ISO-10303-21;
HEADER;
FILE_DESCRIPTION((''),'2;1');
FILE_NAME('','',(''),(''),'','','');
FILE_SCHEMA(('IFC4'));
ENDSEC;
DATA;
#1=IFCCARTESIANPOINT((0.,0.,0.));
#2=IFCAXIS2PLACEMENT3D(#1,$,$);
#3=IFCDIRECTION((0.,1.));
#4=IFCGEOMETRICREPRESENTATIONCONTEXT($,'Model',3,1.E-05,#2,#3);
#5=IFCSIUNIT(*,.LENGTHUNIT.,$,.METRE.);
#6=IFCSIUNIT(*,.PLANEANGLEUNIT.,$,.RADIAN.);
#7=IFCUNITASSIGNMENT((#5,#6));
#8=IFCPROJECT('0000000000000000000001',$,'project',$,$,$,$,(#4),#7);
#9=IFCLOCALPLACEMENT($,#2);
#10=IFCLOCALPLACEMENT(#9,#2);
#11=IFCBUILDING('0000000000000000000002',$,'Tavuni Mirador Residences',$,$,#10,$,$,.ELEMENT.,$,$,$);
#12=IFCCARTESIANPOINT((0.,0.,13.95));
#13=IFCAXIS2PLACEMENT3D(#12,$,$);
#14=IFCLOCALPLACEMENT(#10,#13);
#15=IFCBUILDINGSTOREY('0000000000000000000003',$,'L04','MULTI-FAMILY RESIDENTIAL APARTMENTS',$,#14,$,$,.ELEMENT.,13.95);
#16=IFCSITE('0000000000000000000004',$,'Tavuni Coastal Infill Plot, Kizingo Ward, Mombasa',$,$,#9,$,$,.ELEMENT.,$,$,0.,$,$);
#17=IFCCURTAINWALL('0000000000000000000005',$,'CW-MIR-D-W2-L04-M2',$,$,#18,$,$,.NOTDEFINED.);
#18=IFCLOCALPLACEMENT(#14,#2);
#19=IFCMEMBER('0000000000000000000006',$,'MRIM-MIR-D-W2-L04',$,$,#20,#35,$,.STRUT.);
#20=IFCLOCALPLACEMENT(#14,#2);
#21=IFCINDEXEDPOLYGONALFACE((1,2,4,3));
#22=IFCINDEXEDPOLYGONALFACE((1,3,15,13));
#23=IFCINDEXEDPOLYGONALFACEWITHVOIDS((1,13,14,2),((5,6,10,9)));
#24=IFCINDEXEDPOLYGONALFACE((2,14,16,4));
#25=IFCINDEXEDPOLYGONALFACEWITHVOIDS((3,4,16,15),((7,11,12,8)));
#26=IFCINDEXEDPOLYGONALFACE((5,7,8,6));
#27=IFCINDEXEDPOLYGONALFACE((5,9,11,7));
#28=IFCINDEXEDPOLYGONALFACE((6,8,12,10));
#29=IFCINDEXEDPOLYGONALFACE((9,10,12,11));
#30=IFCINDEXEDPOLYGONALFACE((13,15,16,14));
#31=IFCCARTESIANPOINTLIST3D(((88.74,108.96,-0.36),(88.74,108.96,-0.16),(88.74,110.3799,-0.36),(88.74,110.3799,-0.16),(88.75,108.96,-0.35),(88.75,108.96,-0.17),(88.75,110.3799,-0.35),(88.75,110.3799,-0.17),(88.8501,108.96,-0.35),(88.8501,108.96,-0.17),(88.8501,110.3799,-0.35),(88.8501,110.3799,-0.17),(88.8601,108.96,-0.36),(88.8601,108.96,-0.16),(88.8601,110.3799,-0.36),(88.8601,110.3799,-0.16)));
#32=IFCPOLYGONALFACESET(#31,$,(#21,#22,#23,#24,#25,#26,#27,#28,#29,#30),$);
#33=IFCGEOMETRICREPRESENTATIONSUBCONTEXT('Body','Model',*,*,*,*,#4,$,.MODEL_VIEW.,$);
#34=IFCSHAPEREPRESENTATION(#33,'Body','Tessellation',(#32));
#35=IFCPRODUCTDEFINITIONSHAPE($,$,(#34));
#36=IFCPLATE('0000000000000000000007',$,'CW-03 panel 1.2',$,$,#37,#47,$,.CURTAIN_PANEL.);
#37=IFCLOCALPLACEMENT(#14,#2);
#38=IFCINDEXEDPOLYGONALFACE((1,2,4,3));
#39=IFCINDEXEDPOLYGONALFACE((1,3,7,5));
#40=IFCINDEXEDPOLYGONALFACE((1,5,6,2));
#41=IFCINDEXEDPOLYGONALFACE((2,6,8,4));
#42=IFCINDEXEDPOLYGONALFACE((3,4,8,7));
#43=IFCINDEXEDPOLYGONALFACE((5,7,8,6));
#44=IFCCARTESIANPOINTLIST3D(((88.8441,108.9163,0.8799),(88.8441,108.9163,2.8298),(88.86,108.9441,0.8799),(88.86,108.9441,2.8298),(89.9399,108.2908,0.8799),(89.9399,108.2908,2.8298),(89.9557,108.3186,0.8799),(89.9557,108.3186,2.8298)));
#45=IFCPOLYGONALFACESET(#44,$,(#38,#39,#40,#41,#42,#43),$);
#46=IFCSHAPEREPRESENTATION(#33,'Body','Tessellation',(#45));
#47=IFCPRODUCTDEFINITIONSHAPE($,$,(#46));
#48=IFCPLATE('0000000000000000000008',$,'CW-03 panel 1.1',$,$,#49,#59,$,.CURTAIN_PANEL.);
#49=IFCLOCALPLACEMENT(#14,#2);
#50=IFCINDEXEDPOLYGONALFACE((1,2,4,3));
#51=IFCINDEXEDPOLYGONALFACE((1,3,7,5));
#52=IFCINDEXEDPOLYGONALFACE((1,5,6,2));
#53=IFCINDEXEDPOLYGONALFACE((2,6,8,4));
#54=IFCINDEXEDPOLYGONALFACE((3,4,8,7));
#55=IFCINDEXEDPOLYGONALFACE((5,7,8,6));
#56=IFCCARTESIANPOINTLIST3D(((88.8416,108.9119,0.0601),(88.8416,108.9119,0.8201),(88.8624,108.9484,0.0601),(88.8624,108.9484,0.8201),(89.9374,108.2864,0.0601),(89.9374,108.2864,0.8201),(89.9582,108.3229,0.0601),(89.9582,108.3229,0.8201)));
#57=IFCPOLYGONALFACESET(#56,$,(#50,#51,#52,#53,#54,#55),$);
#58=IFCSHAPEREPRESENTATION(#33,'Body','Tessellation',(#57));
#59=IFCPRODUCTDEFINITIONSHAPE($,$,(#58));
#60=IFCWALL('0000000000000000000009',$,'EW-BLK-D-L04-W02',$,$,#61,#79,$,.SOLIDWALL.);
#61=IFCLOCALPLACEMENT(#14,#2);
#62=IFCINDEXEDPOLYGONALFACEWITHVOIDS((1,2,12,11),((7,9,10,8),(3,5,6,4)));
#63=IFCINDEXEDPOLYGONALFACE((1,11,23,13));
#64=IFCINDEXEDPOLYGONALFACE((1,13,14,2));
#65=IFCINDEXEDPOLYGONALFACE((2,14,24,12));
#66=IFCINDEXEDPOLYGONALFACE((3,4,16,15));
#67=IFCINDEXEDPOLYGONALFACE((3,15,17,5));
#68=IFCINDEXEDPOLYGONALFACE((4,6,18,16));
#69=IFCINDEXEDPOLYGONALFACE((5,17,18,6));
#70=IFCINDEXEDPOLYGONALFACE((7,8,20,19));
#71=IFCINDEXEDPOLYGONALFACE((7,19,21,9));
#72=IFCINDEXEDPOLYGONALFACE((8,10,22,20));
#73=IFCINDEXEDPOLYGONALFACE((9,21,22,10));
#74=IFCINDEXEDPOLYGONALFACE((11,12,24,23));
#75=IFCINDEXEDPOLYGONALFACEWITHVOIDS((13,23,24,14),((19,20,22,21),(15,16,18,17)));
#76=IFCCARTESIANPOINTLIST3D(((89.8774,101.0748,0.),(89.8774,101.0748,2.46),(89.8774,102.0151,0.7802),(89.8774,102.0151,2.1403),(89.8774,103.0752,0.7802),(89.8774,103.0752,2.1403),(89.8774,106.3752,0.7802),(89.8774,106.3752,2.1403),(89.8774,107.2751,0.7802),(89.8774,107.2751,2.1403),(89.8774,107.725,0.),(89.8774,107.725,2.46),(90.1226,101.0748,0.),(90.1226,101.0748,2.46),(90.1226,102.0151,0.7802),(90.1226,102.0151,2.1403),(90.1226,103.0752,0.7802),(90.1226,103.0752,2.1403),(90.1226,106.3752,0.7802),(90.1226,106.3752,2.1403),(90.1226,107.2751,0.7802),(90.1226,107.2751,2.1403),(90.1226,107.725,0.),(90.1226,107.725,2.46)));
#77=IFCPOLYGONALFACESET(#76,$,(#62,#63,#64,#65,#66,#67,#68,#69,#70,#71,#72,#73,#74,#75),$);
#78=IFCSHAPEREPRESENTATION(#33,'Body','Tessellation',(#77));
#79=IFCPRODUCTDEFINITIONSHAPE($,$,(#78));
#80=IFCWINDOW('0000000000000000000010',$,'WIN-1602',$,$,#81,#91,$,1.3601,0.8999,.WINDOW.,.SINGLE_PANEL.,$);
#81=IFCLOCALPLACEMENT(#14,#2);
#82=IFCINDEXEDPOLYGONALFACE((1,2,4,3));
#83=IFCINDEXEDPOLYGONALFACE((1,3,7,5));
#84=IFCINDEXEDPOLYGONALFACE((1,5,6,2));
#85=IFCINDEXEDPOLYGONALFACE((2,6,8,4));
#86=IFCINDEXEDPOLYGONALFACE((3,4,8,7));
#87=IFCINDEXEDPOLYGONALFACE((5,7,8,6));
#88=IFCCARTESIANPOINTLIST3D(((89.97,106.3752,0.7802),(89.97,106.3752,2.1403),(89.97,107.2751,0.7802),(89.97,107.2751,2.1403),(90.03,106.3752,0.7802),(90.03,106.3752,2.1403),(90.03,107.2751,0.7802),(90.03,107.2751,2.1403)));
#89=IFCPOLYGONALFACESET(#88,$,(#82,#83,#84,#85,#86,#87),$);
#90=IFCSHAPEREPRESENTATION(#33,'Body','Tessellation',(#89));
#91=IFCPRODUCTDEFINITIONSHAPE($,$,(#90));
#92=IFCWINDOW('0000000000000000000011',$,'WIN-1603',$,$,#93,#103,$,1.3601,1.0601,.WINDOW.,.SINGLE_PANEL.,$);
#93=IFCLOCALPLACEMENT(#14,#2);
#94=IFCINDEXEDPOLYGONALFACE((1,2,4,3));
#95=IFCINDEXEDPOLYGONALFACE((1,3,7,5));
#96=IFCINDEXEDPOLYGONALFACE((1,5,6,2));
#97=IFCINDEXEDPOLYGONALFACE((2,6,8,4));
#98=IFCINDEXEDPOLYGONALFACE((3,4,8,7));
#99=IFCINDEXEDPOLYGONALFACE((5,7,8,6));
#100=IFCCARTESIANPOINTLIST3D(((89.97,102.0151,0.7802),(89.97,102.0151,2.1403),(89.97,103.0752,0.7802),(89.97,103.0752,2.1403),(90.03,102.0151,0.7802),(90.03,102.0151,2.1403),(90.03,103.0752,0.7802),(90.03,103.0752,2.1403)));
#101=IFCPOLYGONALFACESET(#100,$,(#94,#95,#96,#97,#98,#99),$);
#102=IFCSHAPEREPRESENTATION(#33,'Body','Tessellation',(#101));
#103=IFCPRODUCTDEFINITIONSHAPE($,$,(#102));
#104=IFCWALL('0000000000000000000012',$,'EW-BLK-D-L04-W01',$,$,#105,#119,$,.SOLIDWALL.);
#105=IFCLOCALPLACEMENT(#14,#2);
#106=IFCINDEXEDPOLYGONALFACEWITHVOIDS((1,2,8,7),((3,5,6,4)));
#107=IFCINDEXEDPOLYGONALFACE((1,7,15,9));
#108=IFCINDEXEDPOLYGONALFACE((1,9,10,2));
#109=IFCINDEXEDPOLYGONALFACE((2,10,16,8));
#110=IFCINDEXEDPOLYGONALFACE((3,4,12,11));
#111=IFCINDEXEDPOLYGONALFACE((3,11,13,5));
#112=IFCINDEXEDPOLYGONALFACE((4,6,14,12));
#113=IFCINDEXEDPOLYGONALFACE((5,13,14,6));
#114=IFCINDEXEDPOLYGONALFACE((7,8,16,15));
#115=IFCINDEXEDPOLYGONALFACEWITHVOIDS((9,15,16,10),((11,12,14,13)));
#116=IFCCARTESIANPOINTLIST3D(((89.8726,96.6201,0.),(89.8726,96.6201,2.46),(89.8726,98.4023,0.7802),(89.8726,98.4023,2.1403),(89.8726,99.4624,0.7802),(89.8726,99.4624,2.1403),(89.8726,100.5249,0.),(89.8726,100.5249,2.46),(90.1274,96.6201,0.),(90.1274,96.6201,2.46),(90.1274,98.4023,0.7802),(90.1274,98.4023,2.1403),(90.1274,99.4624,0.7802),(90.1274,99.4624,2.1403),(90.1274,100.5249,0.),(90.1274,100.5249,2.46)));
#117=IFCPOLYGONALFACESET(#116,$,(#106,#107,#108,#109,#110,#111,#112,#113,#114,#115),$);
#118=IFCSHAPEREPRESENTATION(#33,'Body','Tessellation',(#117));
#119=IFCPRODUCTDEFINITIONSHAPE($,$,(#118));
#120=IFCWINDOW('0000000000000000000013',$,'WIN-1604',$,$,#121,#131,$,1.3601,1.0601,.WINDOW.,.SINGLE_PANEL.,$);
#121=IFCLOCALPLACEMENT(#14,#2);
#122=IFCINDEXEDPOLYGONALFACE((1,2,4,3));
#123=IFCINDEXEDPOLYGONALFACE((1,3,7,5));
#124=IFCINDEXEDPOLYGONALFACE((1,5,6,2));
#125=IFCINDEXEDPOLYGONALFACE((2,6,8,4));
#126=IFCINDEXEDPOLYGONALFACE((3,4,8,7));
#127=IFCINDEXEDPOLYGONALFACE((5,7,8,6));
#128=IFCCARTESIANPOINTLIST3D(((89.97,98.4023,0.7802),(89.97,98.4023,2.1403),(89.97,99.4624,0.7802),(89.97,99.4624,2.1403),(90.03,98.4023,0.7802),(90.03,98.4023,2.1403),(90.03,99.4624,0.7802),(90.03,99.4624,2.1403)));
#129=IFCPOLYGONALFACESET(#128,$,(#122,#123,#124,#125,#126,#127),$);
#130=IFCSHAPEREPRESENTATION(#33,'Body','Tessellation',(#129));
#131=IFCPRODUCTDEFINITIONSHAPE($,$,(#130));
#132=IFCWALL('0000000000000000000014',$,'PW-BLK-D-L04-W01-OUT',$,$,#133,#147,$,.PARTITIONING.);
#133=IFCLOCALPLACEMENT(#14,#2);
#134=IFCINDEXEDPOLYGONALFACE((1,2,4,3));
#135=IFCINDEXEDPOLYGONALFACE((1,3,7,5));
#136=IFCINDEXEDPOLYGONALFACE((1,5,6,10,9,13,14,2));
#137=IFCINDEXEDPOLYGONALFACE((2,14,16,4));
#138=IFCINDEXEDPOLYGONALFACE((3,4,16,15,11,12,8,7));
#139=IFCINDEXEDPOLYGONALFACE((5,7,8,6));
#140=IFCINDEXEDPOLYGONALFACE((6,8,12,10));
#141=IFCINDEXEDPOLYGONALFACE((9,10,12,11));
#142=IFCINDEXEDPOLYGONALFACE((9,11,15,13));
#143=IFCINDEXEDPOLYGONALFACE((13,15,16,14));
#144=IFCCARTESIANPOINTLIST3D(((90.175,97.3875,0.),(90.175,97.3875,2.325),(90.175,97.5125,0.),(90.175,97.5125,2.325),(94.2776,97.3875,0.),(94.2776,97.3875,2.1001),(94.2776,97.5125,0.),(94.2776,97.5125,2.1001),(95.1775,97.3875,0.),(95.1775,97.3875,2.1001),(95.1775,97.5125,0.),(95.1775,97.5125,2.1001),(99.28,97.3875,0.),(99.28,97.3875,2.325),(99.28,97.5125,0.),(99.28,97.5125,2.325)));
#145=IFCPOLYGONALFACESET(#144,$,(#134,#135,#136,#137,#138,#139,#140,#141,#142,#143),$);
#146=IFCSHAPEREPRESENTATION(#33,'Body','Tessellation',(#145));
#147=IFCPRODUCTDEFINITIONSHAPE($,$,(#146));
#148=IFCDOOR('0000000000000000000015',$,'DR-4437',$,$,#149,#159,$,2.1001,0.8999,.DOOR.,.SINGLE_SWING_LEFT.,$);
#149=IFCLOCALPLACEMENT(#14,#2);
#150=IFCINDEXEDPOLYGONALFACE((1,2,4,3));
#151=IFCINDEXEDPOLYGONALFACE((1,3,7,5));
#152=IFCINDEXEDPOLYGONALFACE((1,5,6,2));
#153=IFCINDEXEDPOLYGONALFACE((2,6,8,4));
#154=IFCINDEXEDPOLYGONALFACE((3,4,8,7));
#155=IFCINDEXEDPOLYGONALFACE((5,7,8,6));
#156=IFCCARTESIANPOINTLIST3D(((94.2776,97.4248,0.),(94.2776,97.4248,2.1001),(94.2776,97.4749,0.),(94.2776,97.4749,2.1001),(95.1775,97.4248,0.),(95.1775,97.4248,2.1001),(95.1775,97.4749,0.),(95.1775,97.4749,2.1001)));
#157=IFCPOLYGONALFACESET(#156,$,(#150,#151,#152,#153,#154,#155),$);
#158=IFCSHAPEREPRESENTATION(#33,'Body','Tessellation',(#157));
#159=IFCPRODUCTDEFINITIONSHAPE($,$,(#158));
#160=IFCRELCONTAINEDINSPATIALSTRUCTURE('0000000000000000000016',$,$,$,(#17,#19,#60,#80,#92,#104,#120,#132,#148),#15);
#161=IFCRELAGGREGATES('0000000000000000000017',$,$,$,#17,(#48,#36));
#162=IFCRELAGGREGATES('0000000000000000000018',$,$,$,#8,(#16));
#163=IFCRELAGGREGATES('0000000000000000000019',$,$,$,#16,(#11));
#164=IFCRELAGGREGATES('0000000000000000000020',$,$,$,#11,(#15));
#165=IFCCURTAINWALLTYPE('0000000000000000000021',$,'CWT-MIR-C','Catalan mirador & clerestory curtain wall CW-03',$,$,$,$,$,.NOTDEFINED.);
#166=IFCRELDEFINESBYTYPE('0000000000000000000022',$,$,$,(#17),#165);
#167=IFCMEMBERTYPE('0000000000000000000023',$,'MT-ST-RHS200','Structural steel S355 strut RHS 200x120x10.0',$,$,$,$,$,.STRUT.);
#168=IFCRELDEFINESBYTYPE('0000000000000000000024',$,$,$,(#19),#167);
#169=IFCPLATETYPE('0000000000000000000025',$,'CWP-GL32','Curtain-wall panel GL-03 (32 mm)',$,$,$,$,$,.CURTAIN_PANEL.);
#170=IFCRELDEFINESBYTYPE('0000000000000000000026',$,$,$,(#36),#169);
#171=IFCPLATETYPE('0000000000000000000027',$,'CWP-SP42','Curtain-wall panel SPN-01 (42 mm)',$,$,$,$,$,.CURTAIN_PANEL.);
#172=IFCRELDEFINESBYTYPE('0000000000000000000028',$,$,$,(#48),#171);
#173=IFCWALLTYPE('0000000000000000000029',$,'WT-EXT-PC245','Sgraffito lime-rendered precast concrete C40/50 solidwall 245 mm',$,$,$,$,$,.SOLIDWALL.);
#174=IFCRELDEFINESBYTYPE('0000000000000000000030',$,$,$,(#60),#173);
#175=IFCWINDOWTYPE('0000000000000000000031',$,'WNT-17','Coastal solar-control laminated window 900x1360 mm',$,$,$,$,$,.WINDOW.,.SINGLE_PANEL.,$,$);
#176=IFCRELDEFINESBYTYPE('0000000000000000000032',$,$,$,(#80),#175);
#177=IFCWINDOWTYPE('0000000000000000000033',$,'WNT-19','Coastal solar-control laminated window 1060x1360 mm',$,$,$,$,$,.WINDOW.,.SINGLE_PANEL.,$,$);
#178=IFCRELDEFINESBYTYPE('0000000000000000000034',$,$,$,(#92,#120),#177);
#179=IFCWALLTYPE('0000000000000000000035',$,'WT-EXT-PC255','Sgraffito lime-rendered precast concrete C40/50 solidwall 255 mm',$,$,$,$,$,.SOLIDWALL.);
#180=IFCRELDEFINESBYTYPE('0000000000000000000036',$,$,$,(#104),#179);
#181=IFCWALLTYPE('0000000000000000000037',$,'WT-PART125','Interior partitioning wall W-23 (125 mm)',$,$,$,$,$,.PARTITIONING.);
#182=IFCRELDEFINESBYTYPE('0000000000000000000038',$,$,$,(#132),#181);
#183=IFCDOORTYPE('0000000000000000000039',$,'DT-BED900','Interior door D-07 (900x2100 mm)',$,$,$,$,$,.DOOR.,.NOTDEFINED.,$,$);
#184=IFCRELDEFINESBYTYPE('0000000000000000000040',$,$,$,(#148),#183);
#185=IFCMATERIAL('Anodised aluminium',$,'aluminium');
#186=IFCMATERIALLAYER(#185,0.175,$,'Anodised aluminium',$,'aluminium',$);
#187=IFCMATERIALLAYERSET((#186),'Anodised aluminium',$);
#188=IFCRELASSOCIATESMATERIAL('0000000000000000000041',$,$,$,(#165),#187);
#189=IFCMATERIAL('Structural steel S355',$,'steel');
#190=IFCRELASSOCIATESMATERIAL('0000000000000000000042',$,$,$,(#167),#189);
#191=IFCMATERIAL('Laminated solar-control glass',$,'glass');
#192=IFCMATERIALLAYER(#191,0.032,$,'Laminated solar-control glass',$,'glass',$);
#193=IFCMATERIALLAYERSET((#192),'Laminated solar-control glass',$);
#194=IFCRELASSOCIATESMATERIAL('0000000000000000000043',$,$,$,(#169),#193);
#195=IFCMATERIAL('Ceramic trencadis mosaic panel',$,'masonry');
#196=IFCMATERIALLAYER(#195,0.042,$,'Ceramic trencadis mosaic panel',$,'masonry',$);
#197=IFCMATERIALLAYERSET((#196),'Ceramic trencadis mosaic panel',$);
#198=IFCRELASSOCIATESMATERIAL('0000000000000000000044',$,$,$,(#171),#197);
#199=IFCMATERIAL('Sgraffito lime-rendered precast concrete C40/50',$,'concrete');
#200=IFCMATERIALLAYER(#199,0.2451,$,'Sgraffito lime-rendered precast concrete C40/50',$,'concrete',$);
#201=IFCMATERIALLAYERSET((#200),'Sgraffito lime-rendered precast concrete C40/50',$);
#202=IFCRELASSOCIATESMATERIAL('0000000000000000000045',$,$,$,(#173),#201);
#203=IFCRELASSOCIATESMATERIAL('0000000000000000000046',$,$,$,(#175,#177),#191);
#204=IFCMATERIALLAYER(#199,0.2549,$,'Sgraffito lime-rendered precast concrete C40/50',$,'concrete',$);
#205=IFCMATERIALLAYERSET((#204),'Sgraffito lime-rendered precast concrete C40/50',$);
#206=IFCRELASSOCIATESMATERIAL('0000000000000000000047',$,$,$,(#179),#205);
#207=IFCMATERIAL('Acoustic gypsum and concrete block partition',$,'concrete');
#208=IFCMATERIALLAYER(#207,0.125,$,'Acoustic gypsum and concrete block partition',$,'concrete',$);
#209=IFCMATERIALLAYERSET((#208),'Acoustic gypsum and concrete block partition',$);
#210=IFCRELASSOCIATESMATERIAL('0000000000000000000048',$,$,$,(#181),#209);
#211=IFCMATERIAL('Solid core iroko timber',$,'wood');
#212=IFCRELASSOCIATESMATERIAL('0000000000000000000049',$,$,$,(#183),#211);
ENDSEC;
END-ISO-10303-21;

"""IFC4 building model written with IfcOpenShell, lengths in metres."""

from ifc_helpers import new_model, si_unit, direction, frame, frame_2d, origin, origin_2d, place, context, subcontext, project, spatial, rectangle, hollow_rectangle, extrude, material, layer, layer_set, material_profile, profile_set, type_object, element, fill, aggregate, save


model = new_model("IFC4")

# Units and contexts
model_context = context("Model", 3, precision=1e-05, world=origin(), true_north=direction((0.0, 1.0)))
body_context = subcontext(model_context, "Body", "Model", "MODEL_VIEW")
ifc_project = project(units=[si_unit("LENGTHUNIT", "METRE"), si_unit("PLANEANGLEUNIT", "RADIAN")], contexts=[model_context])

# Site, building, storey
site_placement = place(None, origin())
site = spatial("IfcSite", under=ifc_project, at=site_placement, Name="Tavuni Coastal Infill Plot, Kizingo Ward, Mombasa", CompositionType="ELEMENT", RefElevation=0.0)
building_placement = place(site_placement, origin())
building = spatial("IfcBuilding", under=site, at=building_placement, Name="Tavuni Mirador Residences", CompositionType="ELEMENT")
storey_placement = place(building_placement, frame((0.0, 0.0, 13.95)))
storey = spatial("IfcBuildingStorey", under=building, at=storey_placement, Name="L04", Description="MULTI-FAMILY RESIDENTIAL APARTMENTS", CompositionType="ELEMENT", Elevation=13.95)

# Curtain wall
ifc_material_1 = material(Name="Anodised aluminium", Category="aluminium")
ifc_layer_1 = layer(ifc_material_1, 0.175, Name="Anodised aluminium", Category="aluminium")
ifc_layer_set_1 = layer_set([ifc_layer_1], Name="Anodised aluminium")
curtain_wall_type = type_object("IfcCurtainWallType", Name="CWT-MIR-C", Description="Catalan mirador & clerestory curtain wall CW-03", PredefinedType="NOTDEFINED", material=ifc_layer_set_1)
curtain_wall_placement = place(storey_placement, origin())
curtain_wall = element("IfcCurtainWall", 1, at=curtain_wall_placement, inside=storey, type_object=curtain_wall_type, Name="CW-MIR-D-W2-L04-M2", PredefinedType="NOTDEFINED")

# Member
ifc_material_2 = material(Name="Structural steel S355", Category="steel")
ifc_material_profile_1 = material_profile(ifc_material_2, hollow_rectangle(XDim=0.1201, YDim=0.2, WallThickness=0.01, at=origin_2d()), Name="RHS 200x120x10.0", Category="steel")
ifc_profile_set_1 = profile_set([ifc_material_profile_1], Name="Structural steel S355")
member_type_1 = type_object("IfcMemberType", Name="MT-ST-RHS200", Description="Structural steel S355 strut RHS 200x120x10.0", PredefinedType="STRUT", material=ifc_profile_set_1)
member_1_placement = place(storey_placement, frame((88.8, 108.96, -0.26), z_axis=(0.0, 1.0, 0.0), x_axis=(-1.0, 0.0, 0.0)))
element("IfcMember", 2, at=member_1_placement, inside=storey, type_object=member_type_1, Name="MRIM-MIR-D-W2-L04", PredefinedType="STRUT", context=body_context, shape_type="SweptSolid", body=[
    extrude(hollow_rectangle(XDim=0.1201, YDim=0.2, WallThickness=0.01, at=origin_2d()), origin(), (0.0, 0.0, 1.0), 1.4199),
])

# Plates
ifc_material_3 = material(Name="Laminated solar-control glass", Category="glass")
ifc_layer_2 = layer(ifc_material_3, 0.032, Name="Laminated solar-control glass", Category="glass")
ifc_layer_set_2 = layer_set([ifc_layer_2], Name="Laminated solar-control glass")
plate_type_1 = type_object("IfcPlateType", Name="CWP-GL32", Description="Curtain-wall panel GL-03 (32 mm)", PredefinedType="CURTAIN_PANEL", material=ifc_layer_set_2)
plate_1_placement = place(storey_placement, frame((89.3999, 108.6174, 0.8799), z_axis=(0.0, 0.0, 1.0), x_axis=(0.868466, -0.495749, 0.0)))
plate_1 = element("IfcPlate", 3, at=plate_1_placement, type_object=plate_type_1, Name="CW-03 panel 1.2", PredefinedType="CURTAIN_PANEL", context=body_context, shape_type="SweptSolid", body=[
    extrude(rectangle(XDim=1.2617, YDim=0.032, at=origin_2d()), origin(), (0.0, 0.0, 1.0), 1.95),
])
ifc_material_4 = material(Name="Ceramic trencadis mosaic panel", Category="masonry")
ifc_layer_3 = layer(ifc_material_4, 0.042, Name="Ceramic trencadis mosaic panel", Category="masonry")
ifc_layer_set_3 = layer_set([ifc_layer_3], Name="Ceramic trencadis mosaic panel")
plate_type_2 = type_object("IfcPlateType", Name="CWP-SP42", Description="Curtain-wall panel SPN-01 (42 mm)", PredefinedType="CURTAIN_PANEL", material=ifc_layer_set_3)
plate_2_placement = place(storey_placement, frame((89.3999, 108.6174, 0.0601), z_axis=(0.0, 0.0, 1.0), x_axis=(0.868466, -0.495749, 0.0)))
plate_2 = element("IfcPlate", 4, at=plate_2_placement, type_object=plate_type_2, Name="CW-03 panel 1.1", PredefinedType="CURTAIN_PANEL", context=body_context, shape_type="SweptSolid", body=[
    extrude(rectangle(XDim=1.2617, YDim=0.042, at=origin_2d()), origin(), (0.0, 0.0, 1.0), 0.76),
])
aggregate(curtain_wall, [plate_2, plate_1])

# Wall, openings, windows
ifc_material_5 = material(Name="Sgraffito lime-rendered precast concrete C40/50", Category="concrete")
ifc_layer_4 = layer(ifc_material_5, 0.2451, Name="Sgraffito lime-rendered precast concrete C40/50", Category="concrete")
ifc_layer_set_4 = layer_set([ifc_layer_4], Name="Sgraffito lime-rendered precast concrete C40/50")
wall_type_1 = type_object("IfcWallType", Name="WT-EXT-PC245", Description="Sgraffito lime-rendered precast concrete C40/50 solidwall 245 mm", PredefinedType="SOLIDWALL", material=ifc_layer_set_4)
wall_1_placement = place(storey_placement, frame((90.0, 107.7251, 0.0), z_axis=(0.0, 0.0, 1.0), x_axis=(0.0, -1.0, 0.0)))
wall_1 = element("IfcWall", 5, at=wall_1_placement, inside=storey, type_object=wall_type_1, Name="EW-BLK-D-L04-W02", PredefinedType="SOLIDWALL", context=body_context, shape_type="SweptSolid", body=[
    extrude(rectangle(XDim=6.6501, YDim=0.2451, at=frame_2d((3.3252, 0.0))), origin(), (0.0, 0.0, 1.0), 2.46),
])
opening_1_placement = place(wall_1_placement, frame((0.45, 0.0, 0.78)))
opening_1 = element("IfcOpeningElement", 6, at=opening_1_placement, cuts=wall_1, PredefinedType="OPENING", context=body_context, shape_type="SweptSolid", body=[
    extrude(rectangle(XDim=0.8999, YDim=1.3601, at=frame_2d((0.45, 0.6802))), frame((0.0, 0.1326, 0.0), z_axis=(0.0, -1.0, 0.0), x_axis=(1.0, 0.0, 0.0)), (0.0, 0.0, 1.0), 0.2651),
])
opening_2_placement = place(wall_1_placement, frame((4.6499, 0.0, 0.78)))
opening_2 = element("IfcOpeningElement", 7, at=opening_2_placement, cuts=wall_1, PredefinedType="OPENING", context=body_context, shape_type="SweptSolid", body=[
    extrude(rectangle(XDim=1.0601, YDim=1.3601, at=frame_2d((0.53, 0.6802))), frame((0.0, 0.1326, 0.0), z_axis=(0.0, -1.0, 0.0), x_axis=(1.0, 0.0, 0.0)), (0.0, 0.0, 1.0), 0.2651),
])
window_type_1 = type_object("IfcWindowType", Name="WNT-17", Description="Coastal solar-control laminated window 900x1360 mm", PartitioningType="SINGLE_PANEL", PredefinedType="WINDOW", material=ifc_material_3)
window_1_placement = place(opening_1_placement, origin())
window_1 = element("IfcWindow", 8, at=window_1_placement, inside=storey, type_object=window_type_1, Name="WIN-1602", OverallHeight=1.3601, OverallWidth=0.8999, PartitioningType="SINGLE_PANEL", PredefinedType="WINDOW", context=body_context, shape_type="SweptSolid", body=[
    extrude(rectangle(XDim=0.8999, YDim=1.3601, at=frame_2d((0.45, 0.6802))), frame((0.0, 0.03, 0.0), z_axis=(0.0, -1.0, 0.0), x_axis=(1.0, 0.0, 0.0)), (0.0, 0.0, 1.0), 0.0601),
])
fill(opening_1, window_1)
window_type_2 = type_object("IfcWindowType", Name="WNT-19", Description="Coastal solar-control laminated window 1060x1360 mm", PartitioningType="SINGLE_PANEL", PredefinedType="WINDOW", material=ifc_material_3)
window_2_placement = place(opening_2_placement, origin())
window_2 = element("IfcWindow", 9, at=window_2_placement, inside=storey, type_object=window_type_2, Name="WIN-1603", OverallHeight=1.3601, OverallWidth=1.0601, PartitioningType="SINGLE_PANEL", PredefinedType="WINDOW", context=body_context, shape_type="SweptSolid", body=[
    extrude(rectangle(XDim=1.0601, YDim=1.3601, at=frame_2d((0.53, 0.6802))), frame((0.0, 0.03, 0.0), z_axis=(0.0, -1.0, 0.0), x_axis=(1.0, 0.0, 0.0)), (0.0, 0.0, 1.0), 0.0601),
])
fill(opening_2, window_2)

# Wall, opening, window
ifc_layer_5 = layer(ifc_material_5, 0.2549, Name="Sgraffito lime-rendered precast concrete C40/50", Category="concrete")
ifc_layer_set_5 = layer_set([ifc_layer_5], Name="Sgraffito lime-rendered precast concrete C40/50")
wall_type_2 = type_object("IfcWallType", Name="WT-EXT-PC255", Description="Sgraffito lime-rendered precast concrete C40/50 solidwall 255 mm", PredefinedType="SOLIDWALL", material=ifc_layer_set_5)
wall_2_placement = place(storey_placement, frame((90.0, 100.5249, 0.0), z_axis=(0.0, 0.0, 1.0), x_axis=(0.0, -1.0, 0.0)))
wall_2 = element("IfcWall", 10, at=wall_2_placement, inside=storey, type_object=wall_type_2, Name="EW-BLK-D-L04-W01", PredefinedType="SOLIDWALL", context=body_context, shape_type="SweptSolid", body=[
    extrude(rectangle(XDim=3.9048, YDim=0.2549, at=frame_2d((1.9524, 0.0))), origin(), (0.0, 0.0, 1.0), 2.46),
])
opening_3_placement = place(wall_2_placement, frame((1.0625, 0.0, 0.78)))
opening_3 = element("IfcOpeningElement", 11, at=opening_3_placement, cuts=wall_2, PredefinedType="OPENING", context=body_context, shape_type="SweptSolid", body=[
    extrude(rectangle(XDim=1.0601, YDim=1.3601, at=frame_2d((0.53, 0.6802))), frame((0.0, 0.1375, 0.0), z_axis=(0.0, -1.0, 0.0), x_axis=(1.0, 0.0, 0.0)), (0.0, 0.0, 1.0), 0.2749),
])
window_3_placement = place(opening_3_placement, origin())
window_3 = element("IfcWindow", 12, at=window_3_placement, inside=storey, type_object=window_type_2, Name="WIN-1604", OverallHeight=1.3601, OverallWidth=1.0601, PartitioningType="SINGLE_PANEL", PredefinedType="WINDOW", context=body_context, shape_type="SweptSolid", body=[
    extrude(rectangle(XDim=1.0601, YDim=1.3601, at=frame_2d((0.53, 0.6802))), frame((0.0, 0.03, 0.0), z_axis=(0.0, -1.0, 0.0), x_axis=(1.0, 0.0, 0.0)), (0.0, 0.0, 1.0), 0.0601),
])
fill(opening_3, window_3)

# Wall, opening, door
ifc_material_6 = material(Name="Acoustic gypsum and concrete block partition", Category="concrete")
ifc_layer_6 = layer(ifc_material_6, 0.125, Name="Acoustic gypsum and concrete block partition", Category="concrete")
ifc_layer_set_6 = layer_set([ifc_layer_6], Name="Acoustic gypsum and concrete block partition")
wall_type_3 = type_object("IfcWallType", Name="WT-PART125", Description="Interior partitioning wall W-23 (125 mm)", PredefinedType="PARTITIONING", material=ifc_layer_set_6)
wall_3_placement = place(storey_placement, frame((90.175, 97.45, 0.0), z_axis=(0.0, 0.0, 1.0), x_axis=(1.0, 0.0, 0.0)))
wall_3 = element("IfcWall", 13, at=wall_3_placement, inside=storey, type_object=wall_type_3, Name="PW-BLK-D-L04-W01-OUT", PredefinedType="PARTITIONING", context=body_context, shape_type="SweptSolid", body=[
    extrude(rectangle(XDim=9.105, YDim=0.125, at=frame_2d((4.5525, 0.0))), origin(), (0.0, 0.0, 1.0), 2.325),
])
opening_4_placement = place(wall_3_placement, frame((4.1025, 0.0, 0.0)))
opening_4 = element("IfcOpeningElement", 14, at=opening_4_placement, cuts=wall_3, PredefinedType="OPENING", context=body_context, shape_type="SweptSolid", body=[
    extrude(rectangle(XDim=0.8999, YDim=2.1001, at=frame_2d((0.45, 1.05))), frame((0.0, 0.0725, 0.0), z_axis=(0.0, -1.0, 0.0), x_axis=(1.0, 0.0, 0.0)), (0.0, 0.0, 1.0), 0.145),
])
ifc_material_7 = material(Name="Solid core iroko timber", Category="wood")
door_type = type_object("IfcDoorType", Name="DT-BED900", Description="Interior door D-07 (900x2100 mm)", OperationType="NOTDEFINED", PredefinedType="DOOR", material=ifc_material_7)
door_placement = place(opening_4_placement, origin())
door = element("IfcDoor", 15, at=door_placement, inside=storey, type_object=door_type, Name="DR-4437", OperationType="SINGLE_SWING_LEFT", OverallHeight=2.1001, OverallWidth=0.8999, PredefinedType="DOOR", context=body_context, shape_type="SweptSolid", body=[
    extrude(rectangle(XDim=0.8999, YDim=2.1001, at=frame_2d((0.45, 1.05))), frame((0.0, 0.0249, 0.0), z_axis=(0.0, -1.0, 0.0), x_axis=(1.0, 0.0, 0.0)), (0.0, 0.0, 1.0), 0.05),
])
fill(opening_4, door)

save(model, "model.ifc")
